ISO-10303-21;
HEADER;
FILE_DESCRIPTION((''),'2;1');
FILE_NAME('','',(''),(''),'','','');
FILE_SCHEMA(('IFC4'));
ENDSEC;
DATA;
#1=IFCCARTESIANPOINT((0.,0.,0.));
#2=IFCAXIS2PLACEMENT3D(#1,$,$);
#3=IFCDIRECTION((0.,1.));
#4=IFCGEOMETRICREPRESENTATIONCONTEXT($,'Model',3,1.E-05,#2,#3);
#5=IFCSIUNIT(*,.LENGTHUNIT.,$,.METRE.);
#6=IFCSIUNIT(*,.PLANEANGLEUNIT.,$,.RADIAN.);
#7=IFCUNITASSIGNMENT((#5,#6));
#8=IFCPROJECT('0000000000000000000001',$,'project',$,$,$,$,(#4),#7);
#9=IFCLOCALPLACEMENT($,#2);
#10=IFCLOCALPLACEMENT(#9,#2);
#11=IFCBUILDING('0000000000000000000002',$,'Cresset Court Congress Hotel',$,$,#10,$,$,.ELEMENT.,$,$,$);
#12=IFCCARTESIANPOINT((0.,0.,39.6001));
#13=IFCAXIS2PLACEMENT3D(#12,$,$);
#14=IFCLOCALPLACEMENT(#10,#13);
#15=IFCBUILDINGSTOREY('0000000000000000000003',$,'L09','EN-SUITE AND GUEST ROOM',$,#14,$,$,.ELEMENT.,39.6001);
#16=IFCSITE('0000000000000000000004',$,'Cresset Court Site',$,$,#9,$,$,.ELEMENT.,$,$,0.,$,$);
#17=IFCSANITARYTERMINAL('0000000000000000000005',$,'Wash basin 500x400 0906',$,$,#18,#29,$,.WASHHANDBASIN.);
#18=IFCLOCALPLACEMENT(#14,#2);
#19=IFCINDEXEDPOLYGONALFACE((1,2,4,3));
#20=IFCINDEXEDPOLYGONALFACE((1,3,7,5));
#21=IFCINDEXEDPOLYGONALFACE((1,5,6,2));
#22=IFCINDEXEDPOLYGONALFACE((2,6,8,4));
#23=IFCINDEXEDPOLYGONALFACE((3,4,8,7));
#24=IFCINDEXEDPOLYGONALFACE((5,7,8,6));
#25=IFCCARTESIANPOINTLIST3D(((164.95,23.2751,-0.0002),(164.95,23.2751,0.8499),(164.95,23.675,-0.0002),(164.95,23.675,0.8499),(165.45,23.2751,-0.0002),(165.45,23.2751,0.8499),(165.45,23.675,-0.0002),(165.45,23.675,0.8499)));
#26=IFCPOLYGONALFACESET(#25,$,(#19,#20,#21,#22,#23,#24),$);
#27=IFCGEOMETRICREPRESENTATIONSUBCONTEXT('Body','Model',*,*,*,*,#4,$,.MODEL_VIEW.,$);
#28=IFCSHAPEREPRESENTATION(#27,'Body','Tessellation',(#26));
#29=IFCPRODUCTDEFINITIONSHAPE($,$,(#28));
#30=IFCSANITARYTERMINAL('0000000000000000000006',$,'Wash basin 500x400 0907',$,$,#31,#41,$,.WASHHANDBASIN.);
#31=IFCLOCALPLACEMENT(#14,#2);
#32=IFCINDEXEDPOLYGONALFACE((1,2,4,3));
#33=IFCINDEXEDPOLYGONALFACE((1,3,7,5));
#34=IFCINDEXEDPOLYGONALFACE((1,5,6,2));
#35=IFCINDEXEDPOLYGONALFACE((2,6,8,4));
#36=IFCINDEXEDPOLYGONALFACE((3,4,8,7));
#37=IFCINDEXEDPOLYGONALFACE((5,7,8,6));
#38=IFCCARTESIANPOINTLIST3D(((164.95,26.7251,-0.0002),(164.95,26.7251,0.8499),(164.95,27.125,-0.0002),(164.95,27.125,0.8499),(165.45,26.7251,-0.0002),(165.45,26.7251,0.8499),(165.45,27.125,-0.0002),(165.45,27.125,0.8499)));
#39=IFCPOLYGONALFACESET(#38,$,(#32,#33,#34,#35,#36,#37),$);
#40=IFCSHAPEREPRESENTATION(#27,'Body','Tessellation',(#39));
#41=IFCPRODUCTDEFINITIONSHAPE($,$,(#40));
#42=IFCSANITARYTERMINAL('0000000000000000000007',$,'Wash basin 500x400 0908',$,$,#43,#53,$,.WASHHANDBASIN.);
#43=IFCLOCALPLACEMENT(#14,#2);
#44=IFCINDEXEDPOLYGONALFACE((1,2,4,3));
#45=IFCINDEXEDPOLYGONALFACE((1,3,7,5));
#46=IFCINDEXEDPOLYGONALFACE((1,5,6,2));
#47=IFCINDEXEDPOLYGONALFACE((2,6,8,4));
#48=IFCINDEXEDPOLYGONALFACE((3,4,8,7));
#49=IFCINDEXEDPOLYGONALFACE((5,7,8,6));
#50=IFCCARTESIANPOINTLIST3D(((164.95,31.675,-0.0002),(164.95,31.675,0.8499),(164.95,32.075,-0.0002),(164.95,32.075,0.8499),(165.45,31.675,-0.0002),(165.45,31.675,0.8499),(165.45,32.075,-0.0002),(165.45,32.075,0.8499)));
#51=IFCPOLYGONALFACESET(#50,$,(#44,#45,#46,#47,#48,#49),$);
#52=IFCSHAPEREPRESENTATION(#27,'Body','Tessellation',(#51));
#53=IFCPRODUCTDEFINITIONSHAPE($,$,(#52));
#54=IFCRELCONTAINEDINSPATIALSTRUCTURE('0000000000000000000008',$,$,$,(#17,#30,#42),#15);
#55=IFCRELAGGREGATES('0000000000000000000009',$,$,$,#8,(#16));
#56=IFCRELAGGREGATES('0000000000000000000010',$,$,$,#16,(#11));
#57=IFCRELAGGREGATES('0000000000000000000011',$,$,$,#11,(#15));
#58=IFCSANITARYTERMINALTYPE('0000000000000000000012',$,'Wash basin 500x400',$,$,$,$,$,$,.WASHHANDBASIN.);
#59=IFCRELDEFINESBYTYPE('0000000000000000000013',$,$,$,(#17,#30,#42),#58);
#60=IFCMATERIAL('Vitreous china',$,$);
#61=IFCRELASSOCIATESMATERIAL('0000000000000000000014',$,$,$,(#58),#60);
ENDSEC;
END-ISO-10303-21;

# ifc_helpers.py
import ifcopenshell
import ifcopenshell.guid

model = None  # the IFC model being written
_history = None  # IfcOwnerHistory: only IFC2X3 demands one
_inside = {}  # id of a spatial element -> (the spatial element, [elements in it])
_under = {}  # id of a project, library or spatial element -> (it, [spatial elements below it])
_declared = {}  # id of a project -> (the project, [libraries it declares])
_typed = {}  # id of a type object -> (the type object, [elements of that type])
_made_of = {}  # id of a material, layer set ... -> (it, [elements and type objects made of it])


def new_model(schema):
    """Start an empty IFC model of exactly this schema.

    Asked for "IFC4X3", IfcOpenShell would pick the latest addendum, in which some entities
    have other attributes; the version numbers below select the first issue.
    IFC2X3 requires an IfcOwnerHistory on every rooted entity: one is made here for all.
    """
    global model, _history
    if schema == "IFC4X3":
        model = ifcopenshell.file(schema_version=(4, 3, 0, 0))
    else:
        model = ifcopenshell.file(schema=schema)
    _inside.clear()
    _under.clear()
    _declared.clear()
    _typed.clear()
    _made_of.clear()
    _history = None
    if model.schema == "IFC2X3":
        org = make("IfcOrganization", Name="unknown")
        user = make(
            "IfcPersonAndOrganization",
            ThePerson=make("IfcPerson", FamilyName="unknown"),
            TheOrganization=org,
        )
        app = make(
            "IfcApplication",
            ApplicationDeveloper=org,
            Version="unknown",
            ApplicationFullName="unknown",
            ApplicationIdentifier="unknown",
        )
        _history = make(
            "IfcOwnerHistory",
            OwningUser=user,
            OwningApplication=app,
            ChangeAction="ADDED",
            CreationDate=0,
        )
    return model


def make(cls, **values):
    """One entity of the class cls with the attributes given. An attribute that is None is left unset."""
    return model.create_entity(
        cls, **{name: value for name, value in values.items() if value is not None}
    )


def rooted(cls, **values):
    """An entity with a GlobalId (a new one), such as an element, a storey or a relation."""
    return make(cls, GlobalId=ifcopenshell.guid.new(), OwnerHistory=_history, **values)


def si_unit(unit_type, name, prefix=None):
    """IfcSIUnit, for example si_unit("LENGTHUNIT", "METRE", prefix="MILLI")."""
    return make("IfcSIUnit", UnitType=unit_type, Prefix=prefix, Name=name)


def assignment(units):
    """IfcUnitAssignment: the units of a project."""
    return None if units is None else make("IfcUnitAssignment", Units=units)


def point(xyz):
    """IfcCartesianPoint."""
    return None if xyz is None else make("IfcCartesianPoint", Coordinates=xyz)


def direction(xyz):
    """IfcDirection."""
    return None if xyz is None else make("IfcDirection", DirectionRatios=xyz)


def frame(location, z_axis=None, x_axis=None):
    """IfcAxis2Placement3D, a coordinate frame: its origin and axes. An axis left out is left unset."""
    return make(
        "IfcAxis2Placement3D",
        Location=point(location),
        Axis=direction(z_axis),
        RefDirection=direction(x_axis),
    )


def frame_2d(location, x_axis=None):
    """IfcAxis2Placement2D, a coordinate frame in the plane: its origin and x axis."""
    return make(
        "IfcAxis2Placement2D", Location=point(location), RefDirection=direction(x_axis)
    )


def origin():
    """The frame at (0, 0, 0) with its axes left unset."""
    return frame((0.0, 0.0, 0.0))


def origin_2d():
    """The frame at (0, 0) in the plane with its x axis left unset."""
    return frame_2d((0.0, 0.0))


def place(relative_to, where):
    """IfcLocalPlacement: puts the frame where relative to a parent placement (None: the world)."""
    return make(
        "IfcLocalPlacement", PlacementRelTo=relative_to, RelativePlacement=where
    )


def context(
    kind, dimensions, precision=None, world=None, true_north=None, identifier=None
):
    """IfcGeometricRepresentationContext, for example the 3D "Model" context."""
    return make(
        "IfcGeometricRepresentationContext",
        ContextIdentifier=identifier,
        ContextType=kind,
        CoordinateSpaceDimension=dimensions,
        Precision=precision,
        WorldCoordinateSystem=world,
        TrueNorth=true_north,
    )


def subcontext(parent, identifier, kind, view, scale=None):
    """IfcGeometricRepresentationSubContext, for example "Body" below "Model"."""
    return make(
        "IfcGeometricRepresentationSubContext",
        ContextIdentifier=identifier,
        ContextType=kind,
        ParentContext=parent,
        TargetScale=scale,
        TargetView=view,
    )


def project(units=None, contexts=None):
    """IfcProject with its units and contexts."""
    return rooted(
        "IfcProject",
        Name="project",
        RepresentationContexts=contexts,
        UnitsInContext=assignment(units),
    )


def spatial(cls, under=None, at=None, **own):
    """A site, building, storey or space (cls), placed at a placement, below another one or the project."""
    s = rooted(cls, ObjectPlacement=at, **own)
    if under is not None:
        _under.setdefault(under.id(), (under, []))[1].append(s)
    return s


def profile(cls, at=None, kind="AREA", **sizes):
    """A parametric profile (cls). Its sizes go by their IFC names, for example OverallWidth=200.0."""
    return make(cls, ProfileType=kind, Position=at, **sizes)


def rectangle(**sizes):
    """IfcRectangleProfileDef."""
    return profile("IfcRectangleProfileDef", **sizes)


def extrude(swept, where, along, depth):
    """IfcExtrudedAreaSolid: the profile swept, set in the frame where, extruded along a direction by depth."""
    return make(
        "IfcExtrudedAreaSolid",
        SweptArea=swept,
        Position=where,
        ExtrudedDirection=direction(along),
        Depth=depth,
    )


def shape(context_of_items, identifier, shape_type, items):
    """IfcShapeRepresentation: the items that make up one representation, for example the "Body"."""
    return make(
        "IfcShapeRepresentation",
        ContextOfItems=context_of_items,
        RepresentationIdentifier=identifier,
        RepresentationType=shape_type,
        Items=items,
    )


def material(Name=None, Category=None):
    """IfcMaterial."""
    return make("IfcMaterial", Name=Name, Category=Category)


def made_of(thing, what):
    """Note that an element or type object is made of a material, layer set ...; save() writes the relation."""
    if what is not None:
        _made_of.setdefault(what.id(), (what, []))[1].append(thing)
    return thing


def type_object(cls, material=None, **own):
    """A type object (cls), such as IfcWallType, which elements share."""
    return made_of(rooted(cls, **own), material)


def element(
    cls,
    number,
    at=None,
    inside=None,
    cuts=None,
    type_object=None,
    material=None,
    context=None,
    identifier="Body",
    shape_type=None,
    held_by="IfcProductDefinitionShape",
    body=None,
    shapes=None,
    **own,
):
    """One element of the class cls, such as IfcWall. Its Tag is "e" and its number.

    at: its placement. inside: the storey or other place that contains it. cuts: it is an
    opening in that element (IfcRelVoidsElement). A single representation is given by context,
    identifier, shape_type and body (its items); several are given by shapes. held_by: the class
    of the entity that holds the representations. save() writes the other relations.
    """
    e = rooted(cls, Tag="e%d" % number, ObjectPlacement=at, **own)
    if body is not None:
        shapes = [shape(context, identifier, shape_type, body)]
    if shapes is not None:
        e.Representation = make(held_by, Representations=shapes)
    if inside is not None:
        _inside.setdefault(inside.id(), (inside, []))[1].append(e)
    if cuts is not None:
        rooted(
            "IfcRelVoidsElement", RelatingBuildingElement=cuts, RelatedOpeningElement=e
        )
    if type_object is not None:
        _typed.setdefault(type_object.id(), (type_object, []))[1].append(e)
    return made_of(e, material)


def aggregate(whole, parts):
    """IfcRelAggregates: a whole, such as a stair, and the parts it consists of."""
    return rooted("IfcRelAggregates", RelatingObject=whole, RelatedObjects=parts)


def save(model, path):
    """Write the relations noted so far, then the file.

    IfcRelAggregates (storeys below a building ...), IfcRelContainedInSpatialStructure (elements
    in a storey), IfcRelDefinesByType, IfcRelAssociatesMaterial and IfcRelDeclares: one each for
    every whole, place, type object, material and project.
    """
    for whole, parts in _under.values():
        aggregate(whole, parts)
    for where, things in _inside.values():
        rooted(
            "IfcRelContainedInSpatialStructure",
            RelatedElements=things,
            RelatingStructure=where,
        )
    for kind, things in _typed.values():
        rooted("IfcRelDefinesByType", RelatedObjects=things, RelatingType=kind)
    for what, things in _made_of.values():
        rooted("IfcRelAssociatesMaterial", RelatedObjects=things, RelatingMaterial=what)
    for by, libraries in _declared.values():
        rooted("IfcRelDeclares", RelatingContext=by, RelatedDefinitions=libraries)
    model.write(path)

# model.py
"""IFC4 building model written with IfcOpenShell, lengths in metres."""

from ifc_helpers import new_model, si_unit, direction, frame, origin, origin_2d, place, context, subcontext, project, spatial, rectangle, extrude, material, type_object, element, save


model = new_model("IFC4")

# Units and contexts
model_context = context("Model", 3, precision=1e-05, world=origin(), true_north=direction((0.0, 1.0)))
body_context = subcontext(model_context, "Body", "Model", "MODEL_VIEW")
ifc_project = project(units=[si_unit("LENGTHUNIT", "METRE"), si_unit("PLANEANGLEUNIT", "RADIAN")], contexts=[model_context])

# Site, building, storey
site_placement = place(None, origin())
site = spatial("IfcSite", under=ifc_project, at=site_placement, Name="Cresset Court Site", CompositionType="ELEMENT", RefElevation=0.0)
building_placement = place(site_placement, origin())
building = spatial("IfcBuilding", under=site, at=building_placement, Name="Cresset Court Congress Hotel", CompositionType="ELEMENT")
storey_placement = place(building_placement, frame((0.0, 0.0, 39.6001)))
storey = spatial("IfcBuildingStorey", under=building, at=storey_placement, Name="L09", Description="EN-SUITE AND GUEST ROOM", CompositionType="ELEMENT", Elevation=39.6001)

# Sanitary terminals
ifc_material_1 = material(Name="Vitreous china")
sanitary_terminal_type_1 = type_object("IfcSanitaryTerminalType", Name="Wash basin 500x400", PredefinedType="WASHHANDBASIN", material=ifc_material_1)
for number, where, z_axis, x_axis, name in (
    (1, (165.2, 23.4751, -0.0002), (0.0, 0.0, 1.0), (1.0, 0.0, 0.0), "Wash basin 500x400 0906"),
    (2, (165.2, 26.925, -0.0002), (0.0, 0.0, 1.0), (1.0, 0.0, 0.0), "Wash basin 500x400 0907"),
    (3, (165.2, 31.875, -0.0002), (0.0, 0.0, 1.0), (1.0, 0.0, 0.0), "Wash basin 500x400 0908"),
):
    element("IfcSanitaryTerminal", number, at=place(storey_placement, frame(where, z_axis=z_axis, x_axis=x_axis)), inside=storey, type_object=sanitary_terminal_type_1, Name=name, PredefinedType="WASHHANDBASIN", context=body_context, shape_type="SweptSolid", body=[
        extrude(rectangle(XDim=0.5, YDim=0.3999, at=origin_2d()), origin(), (0.0, 0.0, 1.0), 0.8501),
    ])

save(model, "model.ifc")
